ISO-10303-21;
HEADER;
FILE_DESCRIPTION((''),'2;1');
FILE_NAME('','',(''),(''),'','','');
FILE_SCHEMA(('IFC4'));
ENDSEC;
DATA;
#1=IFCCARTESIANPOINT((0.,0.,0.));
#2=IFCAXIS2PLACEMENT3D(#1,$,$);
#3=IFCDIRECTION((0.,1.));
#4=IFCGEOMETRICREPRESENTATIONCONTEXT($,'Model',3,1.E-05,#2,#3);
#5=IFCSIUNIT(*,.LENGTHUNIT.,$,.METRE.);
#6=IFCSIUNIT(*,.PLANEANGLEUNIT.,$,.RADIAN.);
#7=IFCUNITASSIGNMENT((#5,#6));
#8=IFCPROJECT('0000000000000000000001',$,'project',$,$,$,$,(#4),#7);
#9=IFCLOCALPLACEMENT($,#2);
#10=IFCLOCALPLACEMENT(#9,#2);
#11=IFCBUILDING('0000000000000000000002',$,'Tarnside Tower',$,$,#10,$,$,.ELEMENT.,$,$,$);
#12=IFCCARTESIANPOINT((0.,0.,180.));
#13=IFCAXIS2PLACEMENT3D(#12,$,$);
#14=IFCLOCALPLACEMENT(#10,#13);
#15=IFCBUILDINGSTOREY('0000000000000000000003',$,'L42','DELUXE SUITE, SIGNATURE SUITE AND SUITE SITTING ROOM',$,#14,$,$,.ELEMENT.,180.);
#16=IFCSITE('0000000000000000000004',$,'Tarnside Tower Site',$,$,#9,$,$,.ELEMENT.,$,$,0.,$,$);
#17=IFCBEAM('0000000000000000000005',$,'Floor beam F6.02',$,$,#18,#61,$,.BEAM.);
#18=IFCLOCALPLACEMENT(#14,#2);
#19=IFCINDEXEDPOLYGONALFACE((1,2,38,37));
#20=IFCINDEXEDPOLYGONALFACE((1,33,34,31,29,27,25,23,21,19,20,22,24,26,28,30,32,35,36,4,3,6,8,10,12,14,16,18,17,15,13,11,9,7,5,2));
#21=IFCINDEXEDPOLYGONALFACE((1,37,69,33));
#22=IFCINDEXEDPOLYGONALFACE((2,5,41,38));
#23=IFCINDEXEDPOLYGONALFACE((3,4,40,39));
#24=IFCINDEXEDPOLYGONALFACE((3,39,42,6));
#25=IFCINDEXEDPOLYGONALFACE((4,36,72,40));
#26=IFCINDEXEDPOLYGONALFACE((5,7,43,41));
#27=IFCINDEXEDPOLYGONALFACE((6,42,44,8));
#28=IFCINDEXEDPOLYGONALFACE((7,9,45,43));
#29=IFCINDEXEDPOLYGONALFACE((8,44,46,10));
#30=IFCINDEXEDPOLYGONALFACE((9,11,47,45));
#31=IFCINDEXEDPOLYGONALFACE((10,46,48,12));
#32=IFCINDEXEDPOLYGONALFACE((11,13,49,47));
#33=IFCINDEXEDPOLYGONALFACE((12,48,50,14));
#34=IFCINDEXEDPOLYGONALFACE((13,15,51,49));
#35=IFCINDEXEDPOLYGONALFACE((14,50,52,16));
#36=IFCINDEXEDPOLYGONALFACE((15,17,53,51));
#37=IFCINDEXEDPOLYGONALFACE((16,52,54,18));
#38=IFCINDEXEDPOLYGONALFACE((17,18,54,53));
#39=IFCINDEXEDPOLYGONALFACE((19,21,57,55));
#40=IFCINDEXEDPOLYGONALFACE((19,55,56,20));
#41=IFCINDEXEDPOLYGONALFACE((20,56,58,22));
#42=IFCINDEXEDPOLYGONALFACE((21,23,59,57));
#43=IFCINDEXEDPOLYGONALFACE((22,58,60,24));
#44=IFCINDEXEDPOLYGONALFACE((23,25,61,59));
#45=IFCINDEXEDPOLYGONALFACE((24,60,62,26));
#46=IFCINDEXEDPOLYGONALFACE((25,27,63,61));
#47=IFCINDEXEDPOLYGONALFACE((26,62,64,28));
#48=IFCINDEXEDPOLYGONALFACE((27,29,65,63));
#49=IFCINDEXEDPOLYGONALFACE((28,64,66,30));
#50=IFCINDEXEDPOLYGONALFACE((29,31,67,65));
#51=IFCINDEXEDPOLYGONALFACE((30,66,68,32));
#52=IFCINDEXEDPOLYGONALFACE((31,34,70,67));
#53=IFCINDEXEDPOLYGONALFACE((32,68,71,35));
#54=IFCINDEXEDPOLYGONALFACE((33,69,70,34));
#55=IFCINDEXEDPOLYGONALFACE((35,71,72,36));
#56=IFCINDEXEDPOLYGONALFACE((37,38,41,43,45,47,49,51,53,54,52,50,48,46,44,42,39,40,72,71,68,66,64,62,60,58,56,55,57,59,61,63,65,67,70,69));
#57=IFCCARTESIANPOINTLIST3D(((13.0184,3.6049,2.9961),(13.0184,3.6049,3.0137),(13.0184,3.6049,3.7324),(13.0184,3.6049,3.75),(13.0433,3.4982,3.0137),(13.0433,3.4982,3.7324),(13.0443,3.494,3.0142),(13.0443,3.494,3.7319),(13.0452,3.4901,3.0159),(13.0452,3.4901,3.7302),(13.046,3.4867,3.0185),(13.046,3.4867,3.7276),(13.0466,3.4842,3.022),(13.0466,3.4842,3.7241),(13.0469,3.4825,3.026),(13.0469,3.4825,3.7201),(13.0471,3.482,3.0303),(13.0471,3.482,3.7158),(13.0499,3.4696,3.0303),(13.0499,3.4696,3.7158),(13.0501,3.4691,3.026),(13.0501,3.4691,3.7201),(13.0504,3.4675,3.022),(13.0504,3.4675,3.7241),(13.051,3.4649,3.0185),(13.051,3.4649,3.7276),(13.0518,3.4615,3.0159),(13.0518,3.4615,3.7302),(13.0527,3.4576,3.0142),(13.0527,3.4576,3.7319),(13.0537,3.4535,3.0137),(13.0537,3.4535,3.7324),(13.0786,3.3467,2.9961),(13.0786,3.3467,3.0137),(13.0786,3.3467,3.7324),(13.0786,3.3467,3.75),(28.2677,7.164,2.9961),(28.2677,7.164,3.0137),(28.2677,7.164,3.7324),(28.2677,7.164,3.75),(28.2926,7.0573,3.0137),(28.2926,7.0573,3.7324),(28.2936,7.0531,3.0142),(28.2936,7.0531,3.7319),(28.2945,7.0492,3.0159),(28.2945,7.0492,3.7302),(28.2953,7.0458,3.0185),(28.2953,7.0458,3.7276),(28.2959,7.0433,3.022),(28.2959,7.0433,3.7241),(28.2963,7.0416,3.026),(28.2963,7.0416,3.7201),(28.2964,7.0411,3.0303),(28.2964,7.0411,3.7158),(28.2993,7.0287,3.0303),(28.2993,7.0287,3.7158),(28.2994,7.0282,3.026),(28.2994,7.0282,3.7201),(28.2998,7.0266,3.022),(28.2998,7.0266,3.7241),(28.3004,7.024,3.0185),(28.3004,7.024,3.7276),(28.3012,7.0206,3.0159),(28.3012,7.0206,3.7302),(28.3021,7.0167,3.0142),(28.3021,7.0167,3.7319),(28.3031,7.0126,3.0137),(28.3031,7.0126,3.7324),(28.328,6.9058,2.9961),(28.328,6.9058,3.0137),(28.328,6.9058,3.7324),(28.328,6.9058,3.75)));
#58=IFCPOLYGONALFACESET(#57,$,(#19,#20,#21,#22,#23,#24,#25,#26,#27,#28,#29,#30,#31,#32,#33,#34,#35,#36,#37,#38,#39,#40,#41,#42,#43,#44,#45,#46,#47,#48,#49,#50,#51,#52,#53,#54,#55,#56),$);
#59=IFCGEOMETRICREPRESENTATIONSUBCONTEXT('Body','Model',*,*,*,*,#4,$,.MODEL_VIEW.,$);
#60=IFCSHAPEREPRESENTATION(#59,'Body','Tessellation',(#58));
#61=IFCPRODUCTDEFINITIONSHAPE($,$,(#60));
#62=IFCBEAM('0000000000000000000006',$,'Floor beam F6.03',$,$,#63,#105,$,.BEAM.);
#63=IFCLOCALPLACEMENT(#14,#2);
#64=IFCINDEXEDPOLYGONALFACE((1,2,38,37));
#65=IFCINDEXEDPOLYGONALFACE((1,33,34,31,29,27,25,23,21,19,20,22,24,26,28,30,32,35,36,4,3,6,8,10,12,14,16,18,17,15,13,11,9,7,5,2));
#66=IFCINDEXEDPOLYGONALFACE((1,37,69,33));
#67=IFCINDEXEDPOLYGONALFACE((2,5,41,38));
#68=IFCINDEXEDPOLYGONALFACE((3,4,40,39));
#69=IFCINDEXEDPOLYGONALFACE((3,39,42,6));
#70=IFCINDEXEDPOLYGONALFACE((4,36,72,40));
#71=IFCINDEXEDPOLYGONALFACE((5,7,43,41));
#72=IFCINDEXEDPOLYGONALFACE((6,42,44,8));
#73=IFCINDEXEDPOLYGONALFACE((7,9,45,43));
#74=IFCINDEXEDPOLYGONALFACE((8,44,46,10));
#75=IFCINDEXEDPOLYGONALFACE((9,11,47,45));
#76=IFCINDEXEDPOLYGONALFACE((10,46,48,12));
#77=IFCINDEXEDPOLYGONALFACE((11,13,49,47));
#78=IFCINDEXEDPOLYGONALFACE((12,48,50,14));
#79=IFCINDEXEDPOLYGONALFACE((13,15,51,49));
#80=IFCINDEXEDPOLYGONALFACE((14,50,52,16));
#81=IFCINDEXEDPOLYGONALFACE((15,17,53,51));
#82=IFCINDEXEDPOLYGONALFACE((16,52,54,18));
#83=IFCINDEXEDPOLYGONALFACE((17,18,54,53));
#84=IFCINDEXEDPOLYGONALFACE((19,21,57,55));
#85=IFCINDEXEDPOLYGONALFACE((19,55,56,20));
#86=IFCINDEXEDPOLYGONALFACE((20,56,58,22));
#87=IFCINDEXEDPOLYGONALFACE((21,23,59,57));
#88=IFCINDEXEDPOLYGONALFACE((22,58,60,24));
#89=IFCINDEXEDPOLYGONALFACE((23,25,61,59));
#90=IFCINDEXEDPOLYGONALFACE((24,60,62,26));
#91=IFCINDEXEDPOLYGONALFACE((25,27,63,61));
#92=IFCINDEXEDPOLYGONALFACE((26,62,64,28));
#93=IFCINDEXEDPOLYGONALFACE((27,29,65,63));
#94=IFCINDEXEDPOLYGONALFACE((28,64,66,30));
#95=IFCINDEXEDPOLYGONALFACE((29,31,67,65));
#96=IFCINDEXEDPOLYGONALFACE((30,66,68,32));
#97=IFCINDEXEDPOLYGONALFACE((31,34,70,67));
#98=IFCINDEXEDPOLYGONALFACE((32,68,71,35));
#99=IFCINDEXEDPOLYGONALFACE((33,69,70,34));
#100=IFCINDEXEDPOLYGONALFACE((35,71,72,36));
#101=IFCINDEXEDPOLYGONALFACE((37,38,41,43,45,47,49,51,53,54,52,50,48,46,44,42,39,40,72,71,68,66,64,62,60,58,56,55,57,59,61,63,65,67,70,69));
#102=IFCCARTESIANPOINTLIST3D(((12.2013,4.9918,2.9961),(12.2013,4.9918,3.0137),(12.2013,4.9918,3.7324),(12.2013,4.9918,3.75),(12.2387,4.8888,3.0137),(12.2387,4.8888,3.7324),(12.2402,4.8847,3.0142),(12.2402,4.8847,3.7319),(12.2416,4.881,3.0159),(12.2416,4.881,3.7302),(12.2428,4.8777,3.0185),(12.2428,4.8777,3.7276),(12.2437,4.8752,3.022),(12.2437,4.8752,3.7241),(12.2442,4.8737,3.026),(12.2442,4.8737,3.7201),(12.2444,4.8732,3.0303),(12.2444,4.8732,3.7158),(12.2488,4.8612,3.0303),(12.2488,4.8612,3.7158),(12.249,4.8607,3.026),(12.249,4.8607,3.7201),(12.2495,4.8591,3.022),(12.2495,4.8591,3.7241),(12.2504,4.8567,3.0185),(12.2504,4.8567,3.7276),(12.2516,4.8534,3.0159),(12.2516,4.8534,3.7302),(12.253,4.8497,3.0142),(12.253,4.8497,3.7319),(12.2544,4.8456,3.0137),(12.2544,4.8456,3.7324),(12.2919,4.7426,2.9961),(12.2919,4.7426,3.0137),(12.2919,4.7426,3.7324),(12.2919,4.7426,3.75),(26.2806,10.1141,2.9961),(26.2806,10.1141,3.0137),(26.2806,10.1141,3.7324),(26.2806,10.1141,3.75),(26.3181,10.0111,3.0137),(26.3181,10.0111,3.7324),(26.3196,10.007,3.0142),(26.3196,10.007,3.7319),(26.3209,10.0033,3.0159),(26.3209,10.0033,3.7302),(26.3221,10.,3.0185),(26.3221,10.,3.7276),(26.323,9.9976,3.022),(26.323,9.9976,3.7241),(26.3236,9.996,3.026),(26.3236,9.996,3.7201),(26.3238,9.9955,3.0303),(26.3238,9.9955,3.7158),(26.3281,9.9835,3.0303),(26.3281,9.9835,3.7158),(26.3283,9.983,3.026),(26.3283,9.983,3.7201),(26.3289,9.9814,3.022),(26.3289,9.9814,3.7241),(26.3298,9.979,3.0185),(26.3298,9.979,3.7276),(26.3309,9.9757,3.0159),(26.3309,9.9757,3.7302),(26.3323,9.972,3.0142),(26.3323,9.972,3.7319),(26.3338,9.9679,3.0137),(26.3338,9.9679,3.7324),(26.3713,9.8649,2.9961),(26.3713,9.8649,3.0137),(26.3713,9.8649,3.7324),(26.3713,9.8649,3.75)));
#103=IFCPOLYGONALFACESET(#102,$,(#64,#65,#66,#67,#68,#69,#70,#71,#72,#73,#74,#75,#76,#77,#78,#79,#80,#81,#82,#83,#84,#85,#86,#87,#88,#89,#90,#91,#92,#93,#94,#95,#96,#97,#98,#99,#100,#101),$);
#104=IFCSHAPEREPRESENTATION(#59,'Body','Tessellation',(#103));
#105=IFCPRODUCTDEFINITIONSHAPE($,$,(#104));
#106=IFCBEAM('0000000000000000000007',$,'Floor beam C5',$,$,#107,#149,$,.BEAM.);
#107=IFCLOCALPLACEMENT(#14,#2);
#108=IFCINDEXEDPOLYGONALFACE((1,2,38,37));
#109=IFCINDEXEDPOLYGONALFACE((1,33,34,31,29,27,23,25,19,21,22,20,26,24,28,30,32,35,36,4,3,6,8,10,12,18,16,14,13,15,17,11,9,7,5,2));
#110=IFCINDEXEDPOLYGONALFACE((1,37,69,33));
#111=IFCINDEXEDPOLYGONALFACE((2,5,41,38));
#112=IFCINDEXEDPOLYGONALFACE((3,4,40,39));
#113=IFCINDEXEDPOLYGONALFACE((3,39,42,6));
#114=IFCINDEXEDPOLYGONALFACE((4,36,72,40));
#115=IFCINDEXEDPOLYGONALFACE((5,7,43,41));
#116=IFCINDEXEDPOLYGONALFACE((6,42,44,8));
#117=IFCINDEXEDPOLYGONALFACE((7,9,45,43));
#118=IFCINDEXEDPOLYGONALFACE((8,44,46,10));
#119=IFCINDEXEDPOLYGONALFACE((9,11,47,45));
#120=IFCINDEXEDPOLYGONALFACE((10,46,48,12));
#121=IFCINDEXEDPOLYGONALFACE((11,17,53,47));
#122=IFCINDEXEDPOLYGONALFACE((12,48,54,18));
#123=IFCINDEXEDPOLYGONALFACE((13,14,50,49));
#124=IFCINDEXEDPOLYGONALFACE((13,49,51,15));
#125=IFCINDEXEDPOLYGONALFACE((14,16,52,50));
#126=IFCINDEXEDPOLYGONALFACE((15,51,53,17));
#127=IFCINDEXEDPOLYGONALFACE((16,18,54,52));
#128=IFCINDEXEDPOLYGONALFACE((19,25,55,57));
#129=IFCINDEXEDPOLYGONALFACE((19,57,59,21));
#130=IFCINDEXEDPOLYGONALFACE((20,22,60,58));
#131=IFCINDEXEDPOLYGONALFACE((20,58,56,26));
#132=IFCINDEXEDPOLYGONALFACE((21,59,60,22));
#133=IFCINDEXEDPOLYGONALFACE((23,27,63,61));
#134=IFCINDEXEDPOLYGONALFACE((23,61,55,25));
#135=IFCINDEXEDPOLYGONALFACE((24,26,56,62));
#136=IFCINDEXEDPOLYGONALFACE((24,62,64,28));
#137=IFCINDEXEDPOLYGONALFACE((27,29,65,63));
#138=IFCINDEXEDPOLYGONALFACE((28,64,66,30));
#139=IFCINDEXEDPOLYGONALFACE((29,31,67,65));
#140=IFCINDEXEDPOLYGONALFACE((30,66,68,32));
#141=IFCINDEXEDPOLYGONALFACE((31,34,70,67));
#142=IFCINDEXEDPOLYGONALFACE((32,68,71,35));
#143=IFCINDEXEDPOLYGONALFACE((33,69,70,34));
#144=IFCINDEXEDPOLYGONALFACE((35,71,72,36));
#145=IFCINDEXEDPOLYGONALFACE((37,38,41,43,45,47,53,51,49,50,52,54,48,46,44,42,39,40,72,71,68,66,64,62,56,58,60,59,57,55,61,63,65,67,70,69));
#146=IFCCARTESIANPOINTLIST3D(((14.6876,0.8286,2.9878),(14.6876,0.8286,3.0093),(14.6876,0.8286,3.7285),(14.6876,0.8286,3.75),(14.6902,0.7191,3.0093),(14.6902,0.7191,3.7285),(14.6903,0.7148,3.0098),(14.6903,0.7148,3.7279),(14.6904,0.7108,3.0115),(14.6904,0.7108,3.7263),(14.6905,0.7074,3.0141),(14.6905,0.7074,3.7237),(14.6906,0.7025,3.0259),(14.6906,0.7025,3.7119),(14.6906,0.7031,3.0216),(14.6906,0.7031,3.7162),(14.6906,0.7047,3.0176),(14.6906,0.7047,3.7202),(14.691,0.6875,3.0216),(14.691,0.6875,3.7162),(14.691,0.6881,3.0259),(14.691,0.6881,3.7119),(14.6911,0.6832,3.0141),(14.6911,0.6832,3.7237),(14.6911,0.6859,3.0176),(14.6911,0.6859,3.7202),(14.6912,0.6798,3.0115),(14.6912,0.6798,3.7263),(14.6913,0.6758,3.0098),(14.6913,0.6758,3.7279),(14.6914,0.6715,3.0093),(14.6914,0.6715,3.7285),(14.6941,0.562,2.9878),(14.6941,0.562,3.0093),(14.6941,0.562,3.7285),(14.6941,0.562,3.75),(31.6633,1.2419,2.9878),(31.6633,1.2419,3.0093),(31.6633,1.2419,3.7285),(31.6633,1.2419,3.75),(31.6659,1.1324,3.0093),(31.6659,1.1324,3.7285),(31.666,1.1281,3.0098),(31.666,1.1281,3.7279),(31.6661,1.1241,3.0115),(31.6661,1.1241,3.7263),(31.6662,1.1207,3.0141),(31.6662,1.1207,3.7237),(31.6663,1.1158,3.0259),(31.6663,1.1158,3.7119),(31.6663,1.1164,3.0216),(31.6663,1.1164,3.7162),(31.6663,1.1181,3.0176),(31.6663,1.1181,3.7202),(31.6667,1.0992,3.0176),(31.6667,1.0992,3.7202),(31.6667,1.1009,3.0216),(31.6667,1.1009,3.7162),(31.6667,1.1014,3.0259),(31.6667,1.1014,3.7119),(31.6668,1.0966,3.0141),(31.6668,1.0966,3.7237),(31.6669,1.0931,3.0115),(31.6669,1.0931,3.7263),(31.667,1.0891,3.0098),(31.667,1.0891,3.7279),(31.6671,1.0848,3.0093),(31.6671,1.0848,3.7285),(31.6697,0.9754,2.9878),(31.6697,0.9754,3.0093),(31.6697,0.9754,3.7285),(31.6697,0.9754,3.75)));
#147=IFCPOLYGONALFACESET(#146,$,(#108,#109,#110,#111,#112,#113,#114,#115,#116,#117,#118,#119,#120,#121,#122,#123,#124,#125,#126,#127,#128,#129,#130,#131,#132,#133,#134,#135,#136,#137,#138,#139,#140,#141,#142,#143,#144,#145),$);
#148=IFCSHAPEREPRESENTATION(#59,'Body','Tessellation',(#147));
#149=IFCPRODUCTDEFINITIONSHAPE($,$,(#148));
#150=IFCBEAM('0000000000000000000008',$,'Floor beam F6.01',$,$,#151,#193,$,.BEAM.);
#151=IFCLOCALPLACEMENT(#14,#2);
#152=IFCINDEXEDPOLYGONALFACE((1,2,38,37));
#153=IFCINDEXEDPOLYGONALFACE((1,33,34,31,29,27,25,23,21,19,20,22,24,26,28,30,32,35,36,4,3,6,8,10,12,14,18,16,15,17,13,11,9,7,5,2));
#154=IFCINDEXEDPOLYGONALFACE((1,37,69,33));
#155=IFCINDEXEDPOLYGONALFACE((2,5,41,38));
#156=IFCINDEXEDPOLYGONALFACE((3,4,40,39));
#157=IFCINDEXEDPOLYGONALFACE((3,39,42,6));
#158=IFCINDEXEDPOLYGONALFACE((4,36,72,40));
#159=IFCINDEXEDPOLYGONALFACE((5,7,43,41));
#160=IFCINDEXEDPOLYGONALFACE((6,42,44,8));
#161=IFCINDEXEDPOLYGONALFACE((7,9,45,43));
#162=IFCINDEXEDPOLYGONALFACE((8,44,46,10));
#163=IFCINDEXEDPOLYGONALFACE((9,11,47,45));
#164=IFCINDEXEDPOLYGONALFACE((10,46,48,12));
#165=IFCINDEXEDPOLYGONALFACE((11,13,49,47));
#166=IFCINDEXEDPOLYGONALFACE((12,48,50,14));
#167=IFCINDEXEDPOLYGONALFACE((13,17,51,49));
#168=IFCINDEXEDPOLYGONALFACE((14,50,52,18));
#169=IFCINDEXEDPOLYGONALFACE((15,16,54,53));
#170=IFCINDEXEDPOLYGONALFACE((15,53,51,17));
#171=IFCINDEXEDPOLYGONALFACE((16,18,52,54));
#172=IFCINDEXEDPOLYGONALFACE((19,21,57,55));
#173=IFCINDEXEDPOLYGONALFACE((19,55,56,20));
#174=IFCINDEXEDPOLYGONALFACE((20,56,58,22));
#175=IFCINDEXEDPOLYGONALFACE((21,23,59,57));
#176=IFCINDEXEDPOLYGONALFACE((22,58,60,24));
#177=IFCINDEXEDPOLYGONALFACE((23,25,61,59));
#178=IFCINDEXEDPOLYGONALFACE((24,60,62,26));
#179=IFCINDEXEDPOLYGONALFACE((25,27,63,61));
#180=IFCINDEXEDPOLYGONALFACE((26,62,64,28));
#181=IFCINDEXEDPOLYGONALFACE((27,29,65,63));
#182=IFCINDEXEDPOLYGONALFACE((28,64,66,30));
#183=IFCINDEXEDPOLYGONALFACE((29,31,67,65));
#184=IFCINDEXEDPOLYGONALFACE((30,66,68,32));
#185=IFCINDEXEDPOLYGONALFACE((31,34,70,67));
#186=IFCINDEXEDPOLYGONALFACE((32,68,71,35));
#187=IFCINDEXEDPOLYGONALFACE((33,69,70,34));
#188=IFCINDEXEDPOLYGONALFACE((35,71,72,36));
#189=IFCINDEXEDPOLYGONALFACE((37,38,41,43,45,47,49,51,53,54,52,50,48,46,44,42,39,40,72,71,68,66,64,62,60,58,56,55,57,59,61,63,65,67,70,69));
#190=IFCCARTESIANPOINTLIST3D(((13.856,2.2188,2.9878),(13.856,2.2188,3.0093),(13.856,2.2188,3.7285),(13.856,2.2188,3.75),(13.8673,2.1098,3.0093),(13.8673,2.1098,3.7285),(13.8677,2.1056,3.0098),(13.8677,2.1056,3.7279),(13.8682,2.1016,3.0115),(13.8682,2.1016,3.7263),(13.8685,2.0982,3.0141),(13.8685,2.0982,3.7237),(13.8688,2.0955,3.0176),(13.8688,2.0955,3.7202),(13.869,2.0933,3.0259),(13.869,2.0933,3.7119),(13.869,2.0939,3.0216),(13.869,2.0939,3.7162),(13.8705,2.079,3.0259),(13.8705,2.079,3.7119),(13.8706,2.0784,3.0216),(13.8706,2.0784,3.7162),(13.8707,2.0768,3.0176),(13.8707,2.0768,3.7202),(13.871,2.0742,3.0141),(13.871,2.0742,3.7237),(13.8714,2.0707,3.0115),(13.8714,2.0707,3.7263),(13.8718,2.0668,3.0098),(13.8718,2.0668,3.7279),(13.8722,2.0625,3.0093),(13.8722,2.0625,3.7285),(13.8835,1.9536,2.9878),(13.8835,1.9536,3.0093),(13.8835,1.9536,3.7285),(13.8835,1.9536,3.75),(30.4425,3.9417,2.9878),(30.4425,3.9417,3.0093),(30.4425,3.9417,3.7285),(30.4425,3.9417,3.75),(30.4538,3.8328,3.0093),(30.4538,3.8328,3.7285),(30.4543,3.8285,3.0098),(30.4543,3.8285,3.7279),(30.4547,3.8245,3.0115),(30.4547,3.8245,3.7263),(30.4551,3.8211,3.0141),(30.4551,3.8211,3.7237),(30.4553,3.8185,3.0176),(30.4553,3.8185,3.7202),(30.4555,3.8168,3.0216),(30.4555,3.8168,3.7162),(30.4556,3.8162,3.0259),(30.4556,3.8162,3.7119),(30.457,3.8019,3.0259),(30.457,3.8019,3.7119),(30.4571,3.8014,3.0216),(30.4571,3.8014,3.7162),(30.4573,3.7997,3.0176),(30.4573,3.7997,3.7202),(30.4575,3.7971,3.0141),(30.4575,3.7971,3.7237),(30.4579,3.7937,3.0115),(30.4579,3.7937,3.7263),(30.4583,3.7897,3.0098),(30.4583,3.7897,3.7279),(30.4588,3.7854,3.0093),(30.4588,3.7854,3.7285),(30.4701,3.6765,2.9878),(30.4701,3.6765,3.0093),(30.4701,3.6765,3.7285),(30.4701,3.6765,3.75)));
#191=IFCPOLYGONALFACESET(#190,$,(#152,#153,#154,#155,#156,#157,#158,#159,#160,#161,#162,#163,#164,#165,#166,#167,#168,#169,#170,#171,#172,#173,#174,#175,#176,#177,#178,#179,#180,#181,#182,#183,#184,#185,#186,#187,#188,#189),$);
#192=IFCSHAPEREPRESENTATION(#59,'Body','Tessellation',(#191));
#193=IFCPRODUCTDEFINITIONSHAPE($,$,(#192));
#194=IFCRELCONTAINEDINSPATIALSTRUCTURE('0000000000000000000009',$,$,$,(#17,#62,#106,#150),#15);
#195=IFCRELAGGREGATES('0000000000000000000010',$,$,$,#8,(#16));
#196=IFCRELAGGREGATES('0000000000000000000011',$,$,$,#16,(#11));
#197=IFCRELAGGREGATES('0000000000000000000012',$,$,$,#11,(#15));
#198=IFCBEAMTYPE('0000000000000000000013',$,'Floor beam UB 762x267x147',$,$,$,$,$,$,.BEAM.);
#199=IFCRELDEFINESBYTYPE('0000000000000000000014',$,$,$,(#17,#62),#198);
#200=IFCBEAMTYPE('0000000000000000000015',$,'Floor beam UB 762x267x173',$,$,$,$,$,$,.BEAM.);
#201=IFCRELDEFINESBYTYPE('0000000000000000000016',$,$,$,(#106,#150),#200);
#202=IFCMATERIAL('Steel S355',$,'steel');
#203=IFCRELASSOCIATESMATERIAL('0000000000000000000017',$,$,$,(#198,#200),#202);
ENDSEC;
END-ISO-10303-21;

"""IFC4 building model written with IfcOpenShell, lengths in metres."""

from ifc_helpers import new_model, si_unit, direction, frame, origin, origin_2d, place, context, subcontext, project, spatial, i_section, extrude, material, material_profile, profile_set, type_object, element, save


model = new_model("IFC4")

# Units and contexts
model_context = context("Model", 3, precision=1e-05, world=origin(), true_north=direction((0.0, 1.0)))
body_context = subcontext(model_context, "Body", "Model", "MODEL_VIEW")
ifc_project = project(units=[si_unit("LENGTHUNIT", "METRE"), si_unit("PLANEANGLEUNIT", "RADIAN")], contexts=[model_context])

# Site, building, storey
site_placement = place(None, origin())
site = spatial("IfcSite", under=ifc_project, at=site_placement, Name="Tarnside Tower Site", CompositionType="ELEMENT", RefElevation=0.0)
building_placement = place(site_placement, origin())
building = spatial("IfcBuilding", under=site, at=building_placement, Name="Tarnside Tower", CompositionType="ELEMENT")
storey_placement = place(building_placement, frame((0.0, 0.0, 180.0)))
storey = spatial("IfcBuildingStorey", under=building, at=storey_placement, Name="L42", Description="DELUXE SUITE, SIGNATURE SUITE AND SUITE SITTING ROOM", CompositionType="ELEMENT", Elevation=180.0)

# Beams
ifc_material_1 = material(Name="Steel S355", Category="steel")
ifc_material_profile_1 = material_profile(ifc_material_1, i_section(OverallWidth=0.2651, OverallDepth=0.7539, WebThickness=0.0127, FlangeThickness=0.0176, FilletRadius=0.0166, at=origin_2d()), Name="UB 762x267x147")
ifc_profile_set_1 = profile_set([ifc_material_profile_1], Name="Steel S355")
beam_type_1 = type_object("IfcBeamType", Name="Floor beam UB 762x267x147", PredefinedType="BEAM", material=ifc_profile_set_1)
beam_1_placement = place(storey_placement, frame((28.2979, 7.0349, 3.373), z_axis=(-0.973828, -0.227285, 0.0), x_axis=(0.227285, -0.973828, 0.0)))
element("IfcBeam", 1, at=beam_1_placement, inside=storey, type_object=beam_type_1, Name="Floor beam F6.02", PredefinedType="BEAM", context=body_context, shape_type="SweptSolid", body=[
    extrude(i_section(OverallWidth=0.2651, OverallDepth=0.7539, WebThickness=0.0127, FlangeThickness=0.0176, FilletRadius=0.0166, at=origin_2d()), origin(), (0.0, 0.0, 1.0), 15.6592),
])
beam_2_placement = place(storey_placement, frame((26.3259, 9.9895, 3.373), z_axis=(-0.939739, -0.341894, 0.0), x_axis=(0.341894, -0.939739, 0.0)))
element("IfcBeam", 2, at=beam_2_placement, inside=storey, type_object=beam_type_1, Name="Floor beam F6.03", PredefinedType="BEAM", context=body_context, shape_type="SweptSolid", body=[
    extrude(i_section(OverallWidth=0.2651, OverallDepth=0.7539, WebThickness=0.0127, FlangeThickness=0.0176, FilletRadius=0.0166, at=origin_2d()), origin(), (0.0, 0.0, 1.0), 14.9822),
])
ifc_material_profile_2 = material_profile(ifc_material_1, i_section(OverallWidth=0.2666, OverallDepth=0.7622, WebThickness=0.0144, FlangeThickness=0.0215, FilletRadius=0.0166, at=origin_2d()), Name="UB 762x267x173")
ifc_profile_set_2 = profile_set([ifc_material_profile_2], Name="Steel S355")
beam_type_2 = type_object("IfcBeamType", Name="Floor beam UB 762x267x173", PredefinedType="BEAM", material=ifc_profile_set_2)
beam_3_placement = place(storey_placement, frame((31.6665, 1.1086, 3.3689), z_axis=(-0.999704, -0.024341, 0.0), x_axis=(0.024341, -0.999704, 0.0)))
element("IfcBeam", 3, at=beam_3_placement, inside=storey, type_object=beam_type_2, Name="Floor beam C5", PredefinedType="BEAM", context=body_context, shape_type="SweptSolid", body=[
    extrude(i_section(OverallWidth=0.2666, OverallDepth=0.7622, WebThickness=0.0144, FlangeThickness=0.0215, FilletRadius=0.0166, at=origin_2d()), origin(), (0.0, 0.0, 1.0), 16.9807),
])
beam_4_placement = place(storey_placement, frame((30.4563, 3.8091, 3.3689), z_axis=(-0.994648, -0.103318, 0.0), x_axis=(0.103318, -0.994648, 0.0)))
element("IfcBeam", 4, at=beam_4_placement, inside=storey, type_object=beam_type_2, Name="Floor beam F6.01", PredefinedType="BEAM", context=body_context, shape_type="SweptSolid", body=[
    extrude(i_section(OverallWidth=0.2666, OverallDepth=0.7622, WebThickness=0.0144, FlangeThickness=0.0215, FilletRadius=0.0166, at=origin_2d()), origin(), (0.0, 0.0, 1.0), 16.6758),
])

save(model, "model.ifc")
